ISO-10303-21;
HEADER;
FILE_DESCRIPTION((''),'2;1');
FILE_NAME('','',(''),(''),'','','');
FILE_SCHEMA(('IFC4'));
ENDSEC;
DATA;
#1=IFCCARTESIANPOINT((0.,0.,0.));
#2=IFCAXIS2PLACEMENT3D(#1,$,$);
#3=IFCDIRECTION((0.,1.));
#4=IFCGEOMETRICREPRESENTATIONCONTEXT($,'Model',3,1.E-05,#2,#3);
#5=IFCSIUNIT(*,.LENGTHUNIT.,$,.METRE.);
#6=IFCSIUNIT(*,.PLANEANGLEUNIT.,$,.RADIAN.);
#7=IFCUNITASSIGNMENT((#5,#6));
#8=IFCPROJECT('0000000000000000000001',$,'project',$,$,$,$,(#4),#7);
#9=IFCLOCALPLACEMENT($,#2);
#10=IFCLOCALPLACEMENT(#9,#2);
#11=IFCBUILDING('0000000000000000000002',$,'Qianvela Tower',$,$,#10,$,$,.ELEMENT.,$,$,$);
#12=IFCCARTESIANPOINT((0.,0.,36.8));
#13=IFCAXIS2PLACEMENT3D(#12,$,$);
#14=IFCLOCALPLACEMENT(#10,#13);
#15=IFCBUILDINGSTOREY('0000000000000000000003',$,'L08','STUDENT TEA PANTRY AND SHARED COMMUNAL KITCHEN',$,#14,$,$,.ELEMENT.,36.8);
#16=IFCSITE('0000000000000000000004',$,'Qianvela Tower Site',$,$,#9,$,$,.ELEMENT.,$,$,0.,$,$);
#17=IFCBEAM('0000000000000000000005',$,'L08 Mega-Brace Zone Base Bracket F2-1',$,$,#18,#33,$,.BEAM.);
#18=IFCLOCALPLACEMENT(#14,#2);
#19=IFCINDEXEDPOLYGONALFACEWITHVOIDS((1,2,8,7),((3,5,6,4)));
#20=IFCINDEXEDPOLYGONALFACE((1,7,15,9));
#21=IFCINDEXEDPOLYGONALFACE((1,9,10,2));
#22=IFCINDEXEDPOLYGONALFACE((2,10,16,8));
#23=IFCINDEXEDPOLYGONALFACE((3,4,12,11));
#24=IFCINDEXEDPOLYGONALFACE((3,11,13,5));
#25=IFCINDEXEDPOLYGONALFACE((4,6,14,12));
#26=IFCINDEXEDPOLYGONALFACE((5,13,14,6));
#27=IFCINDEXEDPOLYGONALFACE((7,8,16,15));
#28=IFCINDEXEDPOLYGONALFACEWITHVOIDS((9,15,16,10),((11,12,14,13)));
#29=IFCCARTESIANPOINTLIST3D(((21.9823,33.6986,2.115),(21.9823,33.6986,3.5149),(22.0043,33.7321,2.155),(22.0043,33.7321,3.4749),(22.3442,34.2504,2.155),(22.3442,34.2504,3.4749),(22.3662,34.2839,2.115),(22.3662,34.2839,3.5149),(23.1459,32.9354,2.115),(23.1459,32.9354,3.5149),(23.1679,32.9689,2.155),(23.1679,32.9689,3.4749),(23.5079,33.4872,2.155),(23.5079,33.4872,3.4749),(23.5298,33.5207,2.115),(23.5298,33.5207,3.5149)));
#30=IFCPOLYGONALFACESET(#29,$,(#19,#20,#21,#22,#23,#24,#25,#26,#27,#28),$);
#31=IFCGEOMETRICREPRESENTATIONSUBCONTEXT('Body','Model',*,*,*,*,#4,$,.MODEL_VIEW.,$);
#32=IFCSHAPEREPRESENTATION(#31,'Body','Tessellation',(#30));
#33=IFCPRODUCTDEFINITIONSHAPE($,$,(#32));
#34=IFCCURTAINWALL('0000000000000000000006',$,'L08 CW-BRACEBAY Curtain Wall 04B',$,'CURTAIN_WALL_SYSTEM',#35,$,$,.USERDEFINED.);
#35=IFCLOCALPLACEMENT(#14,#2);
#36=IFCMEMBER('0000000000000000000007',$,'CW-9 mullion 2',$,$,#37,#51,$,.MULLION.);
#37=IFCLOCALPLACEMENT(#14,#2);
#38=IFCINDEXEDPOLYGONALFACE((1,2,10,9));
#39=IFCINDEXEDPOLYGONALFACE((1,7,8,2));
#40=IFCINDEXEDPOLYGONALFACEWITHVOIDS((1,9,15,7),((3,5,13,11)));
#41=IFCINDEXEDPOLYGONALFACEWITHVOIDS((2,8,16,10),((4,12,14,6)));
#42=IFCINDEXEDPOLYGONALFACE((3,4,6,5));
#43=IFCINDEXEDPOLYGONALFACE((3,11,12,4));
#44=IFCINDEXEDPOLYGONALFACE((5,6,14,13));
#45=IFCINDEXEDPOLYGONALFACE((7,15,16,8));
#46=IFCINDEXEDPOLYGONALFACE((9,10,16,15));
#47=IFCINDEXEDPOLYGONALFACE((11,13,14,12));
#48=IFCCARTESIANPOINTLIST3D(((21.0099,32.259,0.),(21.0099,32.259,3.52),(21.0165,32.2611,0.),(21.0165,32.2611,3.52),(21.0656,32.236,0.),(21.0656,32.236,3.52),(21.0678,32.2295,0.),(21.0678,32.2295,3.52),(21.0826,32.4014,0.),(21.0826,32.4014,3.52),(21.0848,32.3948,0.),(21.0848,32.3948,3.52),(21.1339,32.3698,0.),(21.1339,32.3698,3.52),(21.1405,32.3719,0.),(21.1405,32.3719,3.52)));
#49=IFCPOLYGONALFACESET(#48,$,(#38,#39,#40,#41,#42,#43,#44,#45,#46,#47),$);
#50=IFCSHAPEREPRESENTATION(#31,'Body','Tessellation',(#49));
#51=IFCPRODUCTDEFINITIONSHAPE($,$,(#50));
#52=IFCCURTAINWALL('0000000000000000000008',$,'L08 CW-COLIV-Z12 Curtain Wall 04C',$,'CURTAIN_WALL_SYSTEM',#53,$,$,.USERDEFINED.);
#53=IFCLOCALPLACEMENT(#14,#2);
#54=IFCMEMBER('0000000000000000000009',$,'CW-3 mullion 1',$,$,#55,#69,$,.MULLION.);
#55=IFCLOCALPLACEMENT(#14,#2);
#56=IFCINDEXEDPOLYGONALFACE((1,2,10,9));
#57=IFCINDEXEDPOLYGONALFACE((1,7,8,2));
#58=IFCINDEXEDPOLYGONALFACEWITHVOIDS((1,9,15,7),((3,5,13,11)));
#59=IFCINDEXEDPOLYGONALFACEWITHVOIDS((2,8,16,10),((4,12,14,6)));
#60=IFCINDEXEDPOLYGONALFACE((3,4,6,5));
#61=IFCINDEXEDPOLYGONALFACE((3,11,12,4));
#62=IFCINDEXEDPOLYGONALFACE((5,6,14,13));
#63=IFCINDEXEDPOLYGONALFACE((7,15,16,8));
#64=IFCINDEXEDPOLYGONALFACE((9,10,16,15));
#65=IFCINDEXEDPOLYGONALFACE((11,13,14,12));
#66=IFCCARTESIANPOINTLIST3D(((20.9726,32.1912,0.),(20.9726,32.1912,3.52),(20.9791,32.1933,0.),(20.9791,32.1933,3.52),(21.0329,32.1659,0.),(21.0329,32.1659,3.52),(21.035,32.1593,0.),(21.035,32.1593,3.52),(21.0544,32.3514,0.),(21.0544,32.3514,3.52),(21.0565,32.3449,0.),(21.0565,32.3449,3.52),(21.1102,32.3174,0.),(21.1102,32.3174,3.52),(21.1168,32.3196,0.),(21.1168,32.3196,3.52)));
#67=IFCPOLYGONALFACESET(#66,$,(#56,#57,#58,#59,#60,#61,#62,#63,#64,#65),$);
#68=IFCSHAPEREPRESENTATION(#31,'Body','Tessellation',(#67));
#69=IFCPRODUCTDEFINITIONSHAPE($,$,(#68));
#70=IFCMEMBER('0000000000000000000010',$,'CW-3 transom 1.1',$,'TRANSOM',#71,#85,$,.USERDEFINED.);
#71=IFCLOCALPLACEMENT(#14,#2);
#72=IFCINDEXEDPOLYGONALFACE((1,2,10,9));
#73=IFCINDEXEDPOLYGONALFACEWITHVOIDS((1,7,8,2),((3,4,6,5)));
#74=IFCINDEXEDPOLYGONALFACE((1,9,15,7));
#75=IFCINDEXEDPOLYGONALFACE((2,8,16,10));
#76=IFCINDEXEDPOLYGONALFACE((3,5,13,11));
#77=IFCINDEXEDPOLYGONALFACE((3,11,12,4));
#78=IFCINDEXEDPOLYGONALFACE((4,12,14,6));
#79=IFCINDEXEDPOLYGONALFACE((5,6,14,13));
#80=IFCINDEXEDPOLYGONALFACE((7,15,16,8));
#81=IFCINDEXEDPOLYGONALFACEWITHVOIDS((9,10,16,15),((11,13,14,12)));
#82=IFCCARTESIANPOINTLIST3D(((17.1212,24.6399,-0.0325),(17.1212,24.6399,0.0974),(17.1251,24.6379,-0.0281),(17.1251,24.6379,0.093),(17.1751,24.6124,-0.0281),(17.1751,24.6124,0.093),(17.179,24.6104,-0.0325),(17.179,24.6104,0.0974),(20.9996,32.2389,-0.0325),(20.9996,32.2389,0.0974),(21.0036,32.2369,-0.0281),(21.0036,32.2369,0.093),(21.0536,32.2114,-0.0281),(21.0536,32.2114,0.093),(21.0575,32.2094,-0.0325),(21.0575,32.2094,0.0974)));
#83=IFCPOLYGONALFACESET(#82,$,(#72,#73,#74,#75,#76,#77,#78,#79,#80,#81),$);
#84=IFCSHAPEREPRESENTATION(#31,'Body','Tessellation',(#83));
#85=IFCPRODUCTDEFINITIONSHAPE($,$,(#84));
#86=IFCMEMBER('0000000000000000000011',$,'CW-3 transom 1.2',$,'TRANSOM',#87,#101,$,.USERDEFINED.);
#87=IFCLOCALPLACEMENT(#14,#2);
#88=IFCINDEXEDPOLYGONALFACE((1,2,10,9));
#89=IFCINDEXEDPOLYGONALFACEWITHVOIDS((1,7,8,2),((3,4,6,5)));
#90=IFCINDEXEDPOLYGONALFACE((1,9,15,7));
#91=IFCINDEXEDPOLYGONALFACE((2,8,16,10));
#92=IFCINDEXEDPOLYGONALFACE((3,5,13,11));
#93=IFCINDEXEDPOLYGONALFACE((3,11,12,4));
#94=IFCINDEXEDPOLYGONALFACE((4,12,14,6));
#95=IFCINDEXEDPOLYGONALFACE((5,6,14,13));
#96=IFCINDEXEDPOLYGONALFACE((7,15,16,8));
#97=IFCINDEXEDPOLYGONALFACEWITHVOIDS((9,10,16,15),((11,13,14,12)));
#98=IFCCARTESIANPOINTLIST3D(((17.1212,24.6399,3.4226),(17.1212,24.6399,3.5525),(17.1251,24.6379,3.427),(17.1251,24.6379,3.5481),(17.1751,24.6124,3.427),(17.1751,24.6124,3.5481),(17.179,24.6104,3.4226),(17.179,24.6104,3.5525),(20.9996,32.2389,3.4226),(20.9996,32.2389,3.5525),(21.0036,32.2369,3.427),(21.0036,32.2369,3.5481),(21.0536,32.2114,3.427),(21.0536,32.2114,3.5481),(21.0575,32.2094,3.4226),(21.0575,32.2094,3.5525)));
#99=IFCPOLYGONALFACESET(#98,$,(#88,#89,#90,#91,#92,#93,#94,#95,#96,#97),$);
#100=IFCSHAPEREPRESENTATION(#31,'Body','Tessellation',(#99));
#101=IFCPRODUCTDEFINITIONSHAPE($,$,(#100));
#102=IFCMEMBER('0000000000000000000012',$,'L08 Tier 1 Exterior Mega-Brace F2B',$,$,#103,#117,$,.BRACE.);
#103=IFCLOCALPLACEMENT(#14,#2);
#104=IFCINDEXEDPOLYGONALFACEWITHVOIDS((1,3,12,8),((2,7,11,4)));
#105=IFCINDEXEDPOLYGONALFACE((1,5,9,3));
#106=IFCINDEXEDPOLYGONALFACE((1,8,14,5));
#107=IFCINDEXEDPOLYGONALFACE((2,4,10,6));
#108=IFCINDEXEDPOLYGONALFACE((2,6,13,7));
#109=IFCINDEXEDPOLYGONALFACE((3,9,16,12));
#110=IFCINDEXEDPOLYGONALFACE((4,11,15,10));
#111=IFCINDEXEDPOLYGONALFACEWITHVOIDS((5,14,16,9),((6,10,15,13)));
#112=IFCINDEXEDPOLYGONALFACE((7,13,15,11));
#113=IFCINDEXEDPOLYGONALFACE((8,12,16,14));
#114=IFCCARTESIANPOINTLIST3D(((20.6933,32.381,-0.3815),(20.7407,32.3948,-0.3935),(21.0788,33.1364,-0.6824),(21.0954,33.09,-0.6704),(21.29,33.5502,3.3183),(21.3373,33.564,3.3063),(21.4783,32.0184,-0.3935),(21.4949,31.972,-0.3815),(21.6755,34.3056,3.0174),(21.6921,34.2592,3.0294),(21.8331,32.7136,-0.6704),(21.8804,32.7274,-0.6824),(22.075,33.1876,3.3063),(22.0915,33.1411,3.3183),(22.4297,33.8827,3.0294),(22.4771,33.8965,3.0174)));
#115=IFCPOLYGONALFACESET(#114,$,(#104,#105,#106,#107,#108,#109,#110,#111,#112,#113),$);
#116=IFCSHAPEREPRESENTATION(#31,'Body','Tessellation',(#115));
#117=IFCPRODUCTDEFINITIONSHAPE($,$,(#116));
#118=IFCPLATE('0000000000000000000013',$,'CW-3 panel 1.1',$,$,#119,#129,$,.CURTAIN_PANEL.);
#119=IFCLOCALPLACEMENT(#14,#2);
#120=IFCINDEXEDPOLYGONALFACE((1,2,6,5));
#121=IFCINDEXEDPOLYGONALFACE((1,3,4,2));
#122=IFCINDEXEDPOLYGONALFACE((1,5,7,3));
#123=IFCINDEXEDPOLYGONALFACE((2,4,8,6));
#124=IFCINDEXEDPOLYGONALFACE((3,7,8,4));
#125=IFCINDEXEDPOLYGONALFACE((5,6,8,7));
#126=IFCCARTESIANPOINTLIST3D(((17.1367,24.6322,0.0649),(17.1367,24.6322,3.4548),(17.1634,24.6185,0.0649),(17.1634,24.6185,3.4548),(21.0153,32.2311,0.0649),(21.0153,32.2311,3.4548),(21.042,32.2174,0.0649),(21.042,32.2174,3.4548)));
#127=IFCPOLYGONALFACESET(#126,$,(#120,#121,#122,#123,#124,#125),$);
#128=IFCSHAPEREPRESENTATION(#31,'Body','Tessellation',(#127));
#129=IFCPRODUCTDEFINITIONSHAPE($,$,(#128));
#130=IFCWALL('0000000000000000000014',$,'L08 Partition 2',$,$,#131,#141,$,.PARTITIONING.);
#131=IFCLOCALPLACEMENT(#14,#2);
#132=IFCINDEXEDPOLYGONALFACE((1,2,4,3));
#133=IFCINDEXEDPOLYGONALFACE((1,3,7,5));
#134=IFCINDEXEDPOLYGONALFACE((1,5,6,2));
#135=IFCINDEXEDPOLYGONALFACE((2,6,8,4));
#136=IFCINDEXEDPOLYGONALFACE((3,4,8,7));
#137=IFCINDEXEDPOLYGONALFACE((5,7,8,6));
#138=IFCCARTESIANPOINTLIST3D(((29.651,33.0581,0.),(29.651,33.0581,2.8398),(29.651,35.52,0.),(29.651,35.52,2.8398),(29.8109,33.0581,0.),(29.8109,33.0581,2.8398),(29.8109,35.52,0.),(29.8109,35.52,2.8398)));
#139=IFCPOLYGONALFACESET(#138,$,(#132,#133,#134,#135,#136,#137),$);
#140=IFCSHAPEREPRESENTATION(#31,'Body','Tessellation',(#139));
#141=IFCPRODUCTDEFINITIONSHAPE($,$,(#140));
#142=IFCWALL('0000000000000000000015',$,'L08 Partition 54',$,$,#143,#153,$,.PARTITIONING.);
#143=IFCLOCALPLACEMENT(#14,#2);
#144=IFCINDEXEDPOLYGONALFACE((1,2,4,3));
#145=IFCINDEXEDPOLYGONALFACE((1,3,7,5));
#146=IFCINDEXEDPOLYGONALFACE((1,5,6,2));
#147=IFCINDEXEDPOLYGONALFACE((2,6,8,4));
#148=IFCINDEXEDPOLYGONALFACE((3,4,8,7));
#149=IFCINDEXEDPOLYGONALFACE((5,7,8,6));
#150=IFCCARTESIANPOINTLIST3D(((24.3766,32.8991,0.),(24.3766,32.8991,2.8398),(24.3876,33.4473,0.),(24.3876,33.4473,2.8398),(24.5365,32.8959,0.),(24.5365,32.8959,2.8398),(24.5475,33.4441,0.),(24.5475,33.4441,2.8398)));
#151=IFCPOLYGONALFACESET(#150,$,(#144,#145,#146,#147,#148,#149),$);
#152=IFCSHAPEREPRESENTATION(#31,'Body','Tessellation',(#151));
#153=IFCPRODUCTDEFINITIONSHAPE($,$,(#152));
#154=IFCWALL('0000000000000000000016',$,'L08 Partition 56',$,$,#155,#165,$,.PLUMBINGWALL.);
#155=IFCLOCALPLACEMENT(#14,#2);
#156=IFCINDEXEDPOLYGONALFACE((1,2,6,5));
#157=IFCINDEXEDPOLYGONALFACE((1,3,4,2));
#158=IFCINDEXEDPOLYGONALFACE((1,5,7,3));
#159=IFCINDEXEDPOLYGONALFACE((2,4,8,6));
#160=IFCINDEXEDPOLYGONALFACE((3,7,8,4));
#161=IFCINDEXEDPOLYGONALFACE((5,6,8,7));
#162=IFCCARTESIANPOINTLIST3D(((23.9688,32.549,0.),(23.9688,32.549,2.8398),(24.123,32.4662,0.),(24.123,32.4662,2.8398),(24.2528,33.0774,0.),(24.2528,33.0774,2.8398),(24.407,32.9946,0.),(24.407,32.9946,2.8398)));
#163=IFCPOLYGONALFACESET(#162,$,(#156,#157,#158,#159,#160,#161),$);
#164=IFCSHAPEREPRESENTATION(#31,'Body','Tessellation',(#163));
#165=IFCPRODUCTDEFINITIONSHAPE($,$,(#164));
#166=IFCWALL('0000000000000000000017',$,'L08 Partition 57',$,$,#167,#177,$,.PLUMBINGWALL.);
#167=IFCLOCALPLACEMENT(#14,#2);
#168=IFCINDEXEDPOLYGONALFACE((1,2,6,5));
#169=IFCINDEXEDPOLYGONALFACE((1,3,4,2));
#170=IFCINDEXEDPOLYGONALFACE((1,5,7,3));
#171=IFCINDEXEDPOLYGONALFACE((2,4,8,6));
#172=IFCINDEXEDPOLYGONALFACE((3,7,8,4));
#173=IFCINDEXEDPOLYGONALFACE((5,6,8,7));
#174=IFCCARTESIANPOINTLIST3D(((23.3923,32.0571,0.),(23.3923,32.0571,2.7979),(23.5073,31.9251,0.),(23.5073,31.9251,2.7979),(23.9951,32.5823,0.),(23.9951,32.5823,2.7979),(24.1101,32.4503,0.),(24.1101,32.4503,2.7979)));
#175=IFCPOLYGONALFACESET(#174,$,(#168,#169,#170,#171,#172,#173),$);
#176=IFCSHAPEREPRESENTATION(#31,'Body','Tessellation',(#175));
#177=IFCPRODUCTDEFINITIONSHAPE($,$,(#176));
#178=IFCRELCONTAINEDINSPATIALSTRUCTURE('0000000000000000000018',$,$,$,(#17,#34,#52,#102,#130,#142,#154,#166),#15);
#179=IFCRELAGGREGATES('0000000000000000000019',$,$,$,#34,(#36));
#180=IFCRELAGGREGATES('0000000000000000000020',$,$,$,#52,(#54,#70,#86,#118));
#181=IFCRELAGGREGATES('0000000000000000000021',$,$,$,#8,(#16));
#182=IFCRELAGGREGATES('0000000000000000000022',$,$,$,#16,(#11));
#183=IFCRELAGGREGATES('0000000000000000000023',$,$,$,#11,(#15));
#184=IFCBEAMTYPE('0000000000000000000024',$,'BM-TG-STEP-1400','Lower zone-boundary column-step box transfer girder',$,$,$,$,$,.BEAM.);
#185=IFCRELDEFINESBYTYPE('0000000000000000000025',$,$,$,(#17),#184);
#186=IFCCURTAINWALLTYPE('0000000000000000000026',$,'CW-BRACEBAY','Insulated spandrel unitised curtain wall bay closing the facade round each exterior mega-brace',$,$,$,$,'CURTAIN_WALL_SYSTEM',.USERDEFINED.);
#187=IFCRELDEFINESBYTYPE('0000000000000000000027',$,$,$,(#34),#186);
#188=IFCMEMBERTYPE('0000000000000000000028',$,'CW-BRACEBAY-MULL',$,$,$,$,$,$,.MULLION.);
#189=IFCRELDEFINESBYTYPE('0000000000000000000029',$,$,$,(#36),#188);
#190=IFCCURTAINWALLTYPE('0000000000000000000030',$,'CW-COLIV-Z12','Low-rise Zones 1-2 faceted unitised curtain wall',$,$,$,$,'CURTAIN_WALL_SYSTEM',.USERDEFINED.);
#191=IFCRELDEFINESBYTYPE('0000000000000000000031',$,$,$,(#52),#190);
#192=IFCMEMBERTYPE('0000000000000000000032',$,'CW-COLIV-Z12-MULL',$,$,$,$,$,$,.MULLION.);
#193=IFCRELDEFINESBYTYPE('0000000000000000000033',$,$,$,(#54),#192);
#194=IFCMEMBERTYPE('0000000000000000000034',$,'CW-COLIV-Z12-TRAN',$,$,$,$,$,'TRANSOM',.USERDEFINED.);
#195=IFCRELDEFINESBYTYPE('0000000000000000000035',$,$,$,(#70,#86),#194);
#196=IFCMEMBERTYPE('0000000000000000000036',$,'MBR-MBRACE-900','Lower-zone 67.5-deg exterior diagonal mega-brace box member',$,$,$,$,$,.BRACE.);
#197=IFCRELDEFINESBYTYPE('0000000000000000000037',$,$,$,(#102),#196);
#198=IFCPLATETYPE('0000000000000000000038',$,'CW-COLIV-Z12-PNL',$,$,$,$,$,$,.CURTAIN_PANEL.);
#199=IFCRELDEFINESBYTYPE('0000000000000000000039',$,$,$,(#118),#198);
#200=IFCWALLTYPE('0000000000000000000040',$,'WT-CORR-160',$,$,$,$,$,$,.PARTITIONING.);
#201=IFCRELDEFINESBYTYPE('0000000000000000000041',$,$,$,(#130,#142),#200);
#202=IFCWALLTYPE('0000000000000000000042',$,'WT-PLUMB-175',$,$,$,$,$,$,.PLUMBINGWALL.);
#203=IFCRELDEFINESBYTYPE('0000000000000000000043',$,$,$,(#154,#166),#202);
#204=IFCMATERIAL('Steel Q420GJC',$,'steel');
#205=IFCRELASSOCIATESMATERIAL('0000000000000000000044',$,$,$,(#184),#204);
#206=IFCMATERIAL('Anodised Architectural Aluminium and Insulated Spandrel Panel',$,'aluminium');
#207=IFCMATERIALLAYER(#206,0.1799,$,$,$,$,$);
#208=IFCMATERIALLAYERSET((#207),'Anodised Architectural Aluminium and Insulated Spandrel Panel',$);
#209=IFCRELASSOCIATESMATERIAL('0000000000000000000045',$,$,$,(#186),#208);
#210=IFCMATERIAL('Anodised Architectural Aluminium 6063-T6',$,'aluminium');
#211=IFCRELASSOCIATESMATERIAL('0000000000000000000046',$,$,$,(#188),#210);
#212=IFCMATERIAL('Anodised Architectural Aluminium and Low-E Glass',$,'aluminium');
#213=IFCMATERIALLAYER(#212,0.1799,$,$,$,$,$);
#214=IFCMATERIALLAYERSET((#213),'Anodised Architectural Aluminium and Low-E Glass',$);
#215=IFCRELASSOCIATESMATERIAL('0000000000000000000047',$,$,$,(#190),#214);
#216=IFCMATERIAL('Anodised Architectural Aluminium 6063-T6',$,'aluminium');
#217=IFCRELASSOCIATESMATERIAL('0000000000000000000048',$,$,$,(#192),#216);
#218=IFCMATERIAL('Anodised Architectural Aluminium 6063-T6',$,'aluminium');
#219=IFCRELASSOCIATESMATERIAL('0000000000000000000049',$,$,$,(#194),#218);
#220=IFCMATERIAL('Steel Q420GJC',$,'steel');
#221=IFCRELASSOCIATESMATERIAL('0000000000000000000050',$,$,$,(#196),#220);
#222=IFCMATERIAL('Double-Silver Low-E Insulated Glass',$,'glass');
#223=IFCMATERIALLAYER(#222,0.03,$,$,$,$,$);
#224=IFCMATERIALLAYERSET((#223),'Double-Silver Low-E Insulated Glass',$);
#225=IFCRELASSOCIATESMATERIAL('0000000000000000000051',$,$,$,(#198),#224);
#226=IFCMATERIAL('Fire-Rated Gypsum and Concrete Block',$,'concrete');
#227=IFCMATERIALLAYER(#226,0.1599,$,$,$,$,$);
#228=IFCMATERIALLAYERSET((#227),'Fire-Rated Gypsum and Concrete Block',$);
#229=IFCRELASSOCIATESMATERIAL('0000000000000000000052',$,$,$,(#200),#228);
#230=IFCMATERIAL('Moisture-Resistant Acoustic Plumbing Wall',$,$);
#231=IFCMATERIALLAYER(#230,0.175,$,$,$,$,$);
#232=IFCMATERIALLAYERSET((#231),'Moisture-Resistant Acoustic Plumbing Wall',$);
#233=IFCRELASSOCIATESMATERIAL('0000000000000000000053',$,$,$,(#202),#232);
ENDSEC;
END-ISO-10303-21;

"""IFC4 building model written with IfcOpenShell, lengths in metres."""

from ifc_helpers import new_model, si_unit, direction, frame, frame_2d, origin, origin_2d, place, context, subcontext, project, spatial, rectangle, hollow_rectangle, extrude, material, layer, layer_set, material_profile, profile_set, type_object, element, aggregate, save


model = new_model("IFC4")

# Units and contexts
model_context = context("Model", 3, precision=1e-05, world=origin(), true_north=direction((0.0, 1.0)))
body_context = subcontext(model_context, "Body", "Model", "MODEL_VIEW")
ifc_project = project(units=[si_unit("LENGTHUNIT", "METRE"), si_unit("PLANEANGLEUNIT", "RADIAN")], contexts=[model_context])

# Site, building, storey
site_placement = place(None, origin())
site = spatial("IfcSite", under=ifc_project, at=site_placement, Name="Qianvela Tower Site", CompositionType="ELEMENT", RefElevation=0.0)
building_placement = place(site_placement, origin())
building = spatial("IfcBuilding", under=site, at=building_placement, Name="Qianvela Tower", CompositionType="ELEMENT")
storey_placement = place(building_placement, frame((0.0, 0.0, 36.8)))
storey = spatial("IfcBuildingStorey", under=building, at=storey_placement, Name="L08", Description="STUDENT TEA PANTRY AND SHARED COMMUNAL KITCHEN", CompositionType="ELEMENT", Elevation=36.8)

# Beam
ifc_material_1 = material(Name="Steel Q420GJC", Category="steel")
ifc_material_profile_1 = material_profile(ifc_material_1, hollow_rectangle(XDim=0.7, YDim=1.3999, WallThickness=0.04, at=origin_2d()), Name="TG-BOX-1400x700x40")
ifc_profile_set_1 = profile_set([ifc_material_profile_1], Name="Steel Q420GJC")
beam_type_1 = type_object("IfcBeamType", Name="BM-TG-STEP-1400", Description="Lower zone-boundary column-step box transfer girder", PredefinedType="BEAM", material=ifc_profile_set_1)
beam_1_placement = place(storey_placement, frame((23.3379, 33.228, 2.8149), z_axis=(-0.836184, 0.548449, 0.0), x_axis=(-0.548449, -0.836184, 0.0)))
element("IfcBeam", 1, at=beam_1_placement, inside=storey, type_object=beam_type_1, Name="L08 Mega-Brace Zone Base Bracket F2-1", PredefinedType="BEAM", context=body_context, shape_type="SweptSolid", body=[
    extrude(hollow_rectangle(XDim=0.7, YDim=1.3999, WallThickness=0.04, at=origin_2d()), origin(), (0.0, 0.0, 1.0), 1.3916),
])

# Curtain wall, member
ifc_material_2 = material(Name="Anodised Architectural Aluminium and Insulated Spandrel Panel", Category="aluminium")
ifc_layer_1 = layer(ifc_material_2, 0.1799)
ifc_layer_set_1 = layer_set([ifc_layer_1], Name="Anodised Architectural Aluminium and Insulated Spandrel Panel")
curtain_wall_type_1 = type_object("IfcCurtainWallType", Name="CW-BRACEBAY", Description="Insulated spandrel unitised curtain wall bay closing the facade round each exterior mega-brace", ElementType="CURTAIN_WALL_SYSTEM", PredefinedType="USERDEFINED", material=ifc_layer_set_1)
curtain_wall_1_placement = place(storey_placement, origin())
curtain_wall_1 = element("IfcCurtainWall", 2, at=curtain_wall_1_placement, inside=storey, type_object=curtain_wall_type_1, Name="L08 CW-BRACEBAY Curtain Wall 04B", ObjectType="CURTAIN_WALL_SYSTEM", PredefinedType="USERDEFINED")
ifc_material_3 = material(Name="Anodised Architectural Aluminium 6063-T6", Category="aluminium")
ifc_material_profile_2 = material_profile(ifc_material_3, hollow_rectangle(XDim=0.0649, YDim=0.1599, WallThickness=0.0049, at=origin_2d()), Name="ALU-MULL-65x160")
ifc_profile_set_2 = profile_set([ifc_material_profile_2], Name="Anodised Architectural Aluminium 6063-T6")
member_type_1 = type_object("IfcMemberType", Name="CW-BRACEBAY-MULL", PredefinedType="MULLION", material=ifc_profile_set_2)
member_1_placement = place(storey_placement, frame((21.0752, 32.3154, 0.0), z_axis=(0.0, 0.0, 1.0), x_axis=(0.89069, -0.454612, 0.0)))
member_1 = element("IfcMember", 3, at=member_1_placement, type_object=member_type_1, Name="CW-9 mullion 2", PredefinedType="MULLION", context=body_context, shape_type="SweptSolid", body=[
    extrude(hollow_rectangle(XDim=0.0649, YDim=0.1599, WallThickness=0.0049, at=origin_2d()), origin(), (0.0, 0.0, 1.0), 3.52),
])
aggregate(curtain_wall_1, [member_1])

# Curtain wall, members
ifc_material_4 = material(Name="Anodised Architectural Aluminium and Low-E Glass", Category="aluminium")
ifc_layer_2 = layer(ifc_material_4, 0.1799)
ifc_layer_set_2 = layer_set([ifc_layer_2], Name="Anodised Architectural Aluminium and Low-E Glass")
curtain_wall_type_2 = type_object("IfcCurtainWallType", Name="CW-COLIV-Z12", Description="Low-rise Zones 1-2 faceted unitised curtain wall", ElementType="CURTAIN_WALL_SYSTEM", PredefinedType="USERDEFINED", material=ifc_layer_set_2)
curtain_wall_2_placement = place(storey_placement, origin())
curtain_wall_2 = element("IfcCurtainWall", 4, at=curtain_wall_2_placement, inside=storey, type_object=curtain_wall_type_2, Name="L08 CW-COLIV-Z12 Curtain Wall 04C", ObjectType="CURTAIN_WALL_SYSTEM", PredefinedType="USERDEFINED")
ifc_material_5 = material(Name="Anodised Architectural Aluminium 6063-T6", Category="aluminium")
ifc_material_profile_3 = material_profile(ifc_material_5, hollow_rectangle(XDim=0.0701, YDim=0.1799, WallThickness=0.0049, at=origin_2d()), Name="ALU-MULL-70x180")
ifc_profile_set_3 = profile_set([ifc_material_profile_3], Name="Anodised Architectural Aluminium 6063-T6")
member_type_2 = type_object("IfcMemberType", Name="CW-COLIV-Z12-MULL", PredefinedType="MULLION", material=ifc_profile_set_3)
member_2_placement = place(storey_placement, frame((21.0447, 32.2554, 0.0), z_axis=(0.0, 0.0, 1.0), x_axis=(0.890685, -0.45462, 0.0)))
member_2 = element("IfcMember", 5, at=member_2_placement, type_object=member_type_2, Name="CW-3 mullion 1", PredefinedType="MULLION", context=body_context, shape_type="SweptSolid", body=[
    extrude(hollow_rectangle(XDim=0.0701, YDim=0.1799, WallThickness=0.0049, at=origin_2d()), origin(), (0.0, 0.0, 1.0), 3.52),
])
ifc_material_6 = material(Name="Anodised Architectural Aluminium 6063-T6", Category="aluminium")
ifc_material_profile_4 = material_profile(ifc_material_6, hollow_rectangle(XDim=0.0649, YDim=0.1299, WallThickness=0.0044, at=origin_2d()), Name="ALU-TRAN-65x130")
ifc_profile_set_4 = profile_set([ifc_material_profile_4], Name="Anodised Architectural Aluminium 6063-T6")
member_type_3 = type_object("IfcMemberType", Name="CW-COLIV-Z12-TRAN", ElementType="TRANSOM", PredefinedType="USERDEFINED", material=ifc_profile_set_4)
member_3_placement = place(storey_placement, frame((21.0286, 32.2241, 0.0325), z_axis=(-0.454604, -0.890694, 0.0), x_axis=(0.890694, -0.454604, 0.0)))
member_3 = element("IfcMember", 6, at=member_3_placement, type_object=member_type_3, Name="CW-3 transom 1.1", ObjectType="TRANSOM", PredefinedType="USERDEFINED", context=body_context, shape_type="SweptSolid", body=[
    extrude(hollow_rectangle(XDim=0.0649, YDim=0.1299, WallThickness=0.0044, at=origin_2d()), origin(), (0.0, 0.0, 1.0), 8.5315),
])
member_4_placement = place(storey_placement, frame((21.0286, 32.2241, 3.4875), z_axis=(-0.454604, -0.890694, 0.0), x_axis=(0.890694, -0.454604, 0.0)))
member_4 = element("IfcMember", 7, at=member_4_placement, type_object=member_type_3, Name="CW-3 transom 1.2", ObjectType="TRANSOM", PredefinedType="USERDEFINED", context=body_context, shape_type="SweptSolid", body=[
    extrude(hollow_rectangle(XDim=0.0649, YDim=0.1299, WallThickness=0.0044, at=origin_2d()), origin(), (0.0, 0.0, 1.0), 8.5315),
])

# Member
ifc_material_7 = material(Name="Steel Q420GJC", Category="steel")
ifc_material_profile_5 = material_profile(ifc_material_7, hollow_rectangle(XDim=0.8999, YDim=0.8999, WallThickness=0.0359, at=origin_2d()), Name="MBOX-900x900x36")
ifc_profile_set_5 = profile_set([ifc_material_profile_5], Name="Steel Q420GJC")
member_type_4 = type_object("IfcMemberType", Name="MBR-MBRACE-900", Description="Lower-zone 67.5-deg exterior diagonal mega-brace box member", PredefinedType="BRACE", material=ifc_profile_set_5)
member_5_placement = place(storey_placement, frame((21.2869, 32.5542, -0.532), z_axis=(0.151986, 0.297815, 0.942447), x_axis=(-0.890714, 0.454564, 0.0)))
element("IfcMember", 8, at=member_5_placement, inside=storey, type_object=member_type_4, Name="L08 Tier 1 Exterior Mega-Brace F2B", PredefinedType="BRACE", context=body_context, shape_type="SweptSolid", body=[
    extrude(hollow_rectangle(XDim=0.8999, YDim=0.8999, WallThickness=0.0359, at=origin_2d()), origin(), (0.0, 0.0, 1.0), 3.9258),
])

# Plate
ifc_material_8 = material(Name="Double-Silver Low-E Insulated Glass", Category="glass")
ifc_layer_3 = layer(ifc_material_8, 0.03)
ifc_layer_set_3 = layer_set([ifc_layer_3], Name="Double-Silver Low-E Insulated Glass")
plate_type = type_object("IfcPlateType", Name="CW-COLIV-Z12-PNL", PredefinedType="CURTAIN_PANEL", material=ifc_layer_set_3)
plate_placement = place(storey_placement, frame((19.0894, 28.4248, 0.0649), z_axis=(0.0, 0.0, 1.0), x_axis=(-0.45462, -0.890685, 0.0)))
plate = element("IfcPlate", 9, at=plate_placement, type_object=plate_type, Name="CW-3 panel 1.1", PredefinedType="CURTAIN_PANEL", context=body_context, shape_type="SweptSolid", body=[
    extrude(rectangle(XDim=8.5315, YDim=0.03, at=origin_2d()), origin(), (0.0, 0.0, 1.0), 3.3899),
])
aggregate(curtain_wall_2, [member_2, member_3, member_4, plate])

# Walls
ifc_material_9 = material(Name="Fire-Rated Gypsum and Concrete Block", Category="concrete")
ifc_layer_4 = layer(ifc_material_9, 0.1599)
ifc_layer_set_4 = layer_set([ifc_layer_4], Name="Fire-Rated Gypsum and Concrete Block")
wall_type_1 = type_object("IfcWallType", Name="WT-CORR-160", PredefinedType="PARTITIONING", material=ifc_layer_set_4)
wall_1_placement = place(storey_placement, frame((29.731, 33.0581, 0.0), z_axis=(0.0, 0.0, 1.0), x_axis=(0.0, 1.0, 0.0)))
element("IfcWall", 10, at=wall_1_placement, inside=storey, type_object=wall_type_1, Name="L08 Partition 2", PredefinedType="PARTITIONING", context=body_context, shape_type="SweptSolid", body=[
    extrude(rectangle(XDim=2.4619, YDim=0.1599, at=frame_2d((1.231, 0.0))), origin(), (0.0, 0.0, 1.0), 2.8398),
])
wall_2_placement = place(storey_placement, frame((24.4565, 32.8975, 0.0), z_axis=(0.0, 0.0, 1.0), x_axis=(0.020032, 0.999799, 0.0)))
element("IfcWall", 11, at=wall_2_placement, inside=storey, type_object=wall_type_1, Name="L08 Partition 54", PredefinedType="PARTITIONING", context=body_context, shape_type="SweptSolid", body=[
    extrude(rectangle(XDim=0.5483, YDim=0.1599, at=frame_2d((0.2742, 0.0))), origin(), (0.0, 0.0, 1.0), 2.8398),
])
ifc_material_10 = material(Name="Moisture-Resistant Acoustic Plumbing Wall")
ifc_layer_5 = layer(ifc_material_10, 0.175)
ifc_layer_set_5 = layer_set([ifc_layer_5], Name="Moisture-Resistant Acoustic Plumbing Wall")
wall_type_2 = type_object("IfcWallType", Name="WT-PLUMB-175", PredefinedType="PLUMBINGWALL", material=ifc_layer_set_5)
wall_3_placement = place(storey_placement, frame((24.3298, 33.0359, 0.0), z_axis=(0.0, 0.0, 1.0), x_axis=(-0.473396, -0.88085, 0.0)))
element("IfcWall", 12, at=wall_3_placement, inside=storey, type_object=wall_type_2, Name="L08 Partition 56", PredefinedType="PLUMBINGWALL", context=body_context, shape_type="SweptSolid", body=[
    extrude(rectangle(XDim=0.5999, YDim=0.175, at=frame_2d((0.2998, 0.0))), origin(), (0.0, 0.0, 1.0), 2.8398),
])
wall_4_placement = place(storey_placement, frame((24.0527, 32.5164, 0.0), z_axis=(0.0, 0.0, 1.0), x_axis=(-0.753994, -0.656882, 0.0)))
element("IfcWall", 13, at=wall_4_placement, inside=storey, type_object=wall_type_2, Name="L08 Partition 57", PredefinedType="PLUMBINGWALL", context=body_context, shape_type="SweptSolid", body=[
    extrude(rectangle(XDim=0.7996, YDim=0.175, at=frame_2d((0.3999, 0.0))), origin(), (0.0, 0.0, 1.0), 2.7979),
])

save(model, "model.ifc")
